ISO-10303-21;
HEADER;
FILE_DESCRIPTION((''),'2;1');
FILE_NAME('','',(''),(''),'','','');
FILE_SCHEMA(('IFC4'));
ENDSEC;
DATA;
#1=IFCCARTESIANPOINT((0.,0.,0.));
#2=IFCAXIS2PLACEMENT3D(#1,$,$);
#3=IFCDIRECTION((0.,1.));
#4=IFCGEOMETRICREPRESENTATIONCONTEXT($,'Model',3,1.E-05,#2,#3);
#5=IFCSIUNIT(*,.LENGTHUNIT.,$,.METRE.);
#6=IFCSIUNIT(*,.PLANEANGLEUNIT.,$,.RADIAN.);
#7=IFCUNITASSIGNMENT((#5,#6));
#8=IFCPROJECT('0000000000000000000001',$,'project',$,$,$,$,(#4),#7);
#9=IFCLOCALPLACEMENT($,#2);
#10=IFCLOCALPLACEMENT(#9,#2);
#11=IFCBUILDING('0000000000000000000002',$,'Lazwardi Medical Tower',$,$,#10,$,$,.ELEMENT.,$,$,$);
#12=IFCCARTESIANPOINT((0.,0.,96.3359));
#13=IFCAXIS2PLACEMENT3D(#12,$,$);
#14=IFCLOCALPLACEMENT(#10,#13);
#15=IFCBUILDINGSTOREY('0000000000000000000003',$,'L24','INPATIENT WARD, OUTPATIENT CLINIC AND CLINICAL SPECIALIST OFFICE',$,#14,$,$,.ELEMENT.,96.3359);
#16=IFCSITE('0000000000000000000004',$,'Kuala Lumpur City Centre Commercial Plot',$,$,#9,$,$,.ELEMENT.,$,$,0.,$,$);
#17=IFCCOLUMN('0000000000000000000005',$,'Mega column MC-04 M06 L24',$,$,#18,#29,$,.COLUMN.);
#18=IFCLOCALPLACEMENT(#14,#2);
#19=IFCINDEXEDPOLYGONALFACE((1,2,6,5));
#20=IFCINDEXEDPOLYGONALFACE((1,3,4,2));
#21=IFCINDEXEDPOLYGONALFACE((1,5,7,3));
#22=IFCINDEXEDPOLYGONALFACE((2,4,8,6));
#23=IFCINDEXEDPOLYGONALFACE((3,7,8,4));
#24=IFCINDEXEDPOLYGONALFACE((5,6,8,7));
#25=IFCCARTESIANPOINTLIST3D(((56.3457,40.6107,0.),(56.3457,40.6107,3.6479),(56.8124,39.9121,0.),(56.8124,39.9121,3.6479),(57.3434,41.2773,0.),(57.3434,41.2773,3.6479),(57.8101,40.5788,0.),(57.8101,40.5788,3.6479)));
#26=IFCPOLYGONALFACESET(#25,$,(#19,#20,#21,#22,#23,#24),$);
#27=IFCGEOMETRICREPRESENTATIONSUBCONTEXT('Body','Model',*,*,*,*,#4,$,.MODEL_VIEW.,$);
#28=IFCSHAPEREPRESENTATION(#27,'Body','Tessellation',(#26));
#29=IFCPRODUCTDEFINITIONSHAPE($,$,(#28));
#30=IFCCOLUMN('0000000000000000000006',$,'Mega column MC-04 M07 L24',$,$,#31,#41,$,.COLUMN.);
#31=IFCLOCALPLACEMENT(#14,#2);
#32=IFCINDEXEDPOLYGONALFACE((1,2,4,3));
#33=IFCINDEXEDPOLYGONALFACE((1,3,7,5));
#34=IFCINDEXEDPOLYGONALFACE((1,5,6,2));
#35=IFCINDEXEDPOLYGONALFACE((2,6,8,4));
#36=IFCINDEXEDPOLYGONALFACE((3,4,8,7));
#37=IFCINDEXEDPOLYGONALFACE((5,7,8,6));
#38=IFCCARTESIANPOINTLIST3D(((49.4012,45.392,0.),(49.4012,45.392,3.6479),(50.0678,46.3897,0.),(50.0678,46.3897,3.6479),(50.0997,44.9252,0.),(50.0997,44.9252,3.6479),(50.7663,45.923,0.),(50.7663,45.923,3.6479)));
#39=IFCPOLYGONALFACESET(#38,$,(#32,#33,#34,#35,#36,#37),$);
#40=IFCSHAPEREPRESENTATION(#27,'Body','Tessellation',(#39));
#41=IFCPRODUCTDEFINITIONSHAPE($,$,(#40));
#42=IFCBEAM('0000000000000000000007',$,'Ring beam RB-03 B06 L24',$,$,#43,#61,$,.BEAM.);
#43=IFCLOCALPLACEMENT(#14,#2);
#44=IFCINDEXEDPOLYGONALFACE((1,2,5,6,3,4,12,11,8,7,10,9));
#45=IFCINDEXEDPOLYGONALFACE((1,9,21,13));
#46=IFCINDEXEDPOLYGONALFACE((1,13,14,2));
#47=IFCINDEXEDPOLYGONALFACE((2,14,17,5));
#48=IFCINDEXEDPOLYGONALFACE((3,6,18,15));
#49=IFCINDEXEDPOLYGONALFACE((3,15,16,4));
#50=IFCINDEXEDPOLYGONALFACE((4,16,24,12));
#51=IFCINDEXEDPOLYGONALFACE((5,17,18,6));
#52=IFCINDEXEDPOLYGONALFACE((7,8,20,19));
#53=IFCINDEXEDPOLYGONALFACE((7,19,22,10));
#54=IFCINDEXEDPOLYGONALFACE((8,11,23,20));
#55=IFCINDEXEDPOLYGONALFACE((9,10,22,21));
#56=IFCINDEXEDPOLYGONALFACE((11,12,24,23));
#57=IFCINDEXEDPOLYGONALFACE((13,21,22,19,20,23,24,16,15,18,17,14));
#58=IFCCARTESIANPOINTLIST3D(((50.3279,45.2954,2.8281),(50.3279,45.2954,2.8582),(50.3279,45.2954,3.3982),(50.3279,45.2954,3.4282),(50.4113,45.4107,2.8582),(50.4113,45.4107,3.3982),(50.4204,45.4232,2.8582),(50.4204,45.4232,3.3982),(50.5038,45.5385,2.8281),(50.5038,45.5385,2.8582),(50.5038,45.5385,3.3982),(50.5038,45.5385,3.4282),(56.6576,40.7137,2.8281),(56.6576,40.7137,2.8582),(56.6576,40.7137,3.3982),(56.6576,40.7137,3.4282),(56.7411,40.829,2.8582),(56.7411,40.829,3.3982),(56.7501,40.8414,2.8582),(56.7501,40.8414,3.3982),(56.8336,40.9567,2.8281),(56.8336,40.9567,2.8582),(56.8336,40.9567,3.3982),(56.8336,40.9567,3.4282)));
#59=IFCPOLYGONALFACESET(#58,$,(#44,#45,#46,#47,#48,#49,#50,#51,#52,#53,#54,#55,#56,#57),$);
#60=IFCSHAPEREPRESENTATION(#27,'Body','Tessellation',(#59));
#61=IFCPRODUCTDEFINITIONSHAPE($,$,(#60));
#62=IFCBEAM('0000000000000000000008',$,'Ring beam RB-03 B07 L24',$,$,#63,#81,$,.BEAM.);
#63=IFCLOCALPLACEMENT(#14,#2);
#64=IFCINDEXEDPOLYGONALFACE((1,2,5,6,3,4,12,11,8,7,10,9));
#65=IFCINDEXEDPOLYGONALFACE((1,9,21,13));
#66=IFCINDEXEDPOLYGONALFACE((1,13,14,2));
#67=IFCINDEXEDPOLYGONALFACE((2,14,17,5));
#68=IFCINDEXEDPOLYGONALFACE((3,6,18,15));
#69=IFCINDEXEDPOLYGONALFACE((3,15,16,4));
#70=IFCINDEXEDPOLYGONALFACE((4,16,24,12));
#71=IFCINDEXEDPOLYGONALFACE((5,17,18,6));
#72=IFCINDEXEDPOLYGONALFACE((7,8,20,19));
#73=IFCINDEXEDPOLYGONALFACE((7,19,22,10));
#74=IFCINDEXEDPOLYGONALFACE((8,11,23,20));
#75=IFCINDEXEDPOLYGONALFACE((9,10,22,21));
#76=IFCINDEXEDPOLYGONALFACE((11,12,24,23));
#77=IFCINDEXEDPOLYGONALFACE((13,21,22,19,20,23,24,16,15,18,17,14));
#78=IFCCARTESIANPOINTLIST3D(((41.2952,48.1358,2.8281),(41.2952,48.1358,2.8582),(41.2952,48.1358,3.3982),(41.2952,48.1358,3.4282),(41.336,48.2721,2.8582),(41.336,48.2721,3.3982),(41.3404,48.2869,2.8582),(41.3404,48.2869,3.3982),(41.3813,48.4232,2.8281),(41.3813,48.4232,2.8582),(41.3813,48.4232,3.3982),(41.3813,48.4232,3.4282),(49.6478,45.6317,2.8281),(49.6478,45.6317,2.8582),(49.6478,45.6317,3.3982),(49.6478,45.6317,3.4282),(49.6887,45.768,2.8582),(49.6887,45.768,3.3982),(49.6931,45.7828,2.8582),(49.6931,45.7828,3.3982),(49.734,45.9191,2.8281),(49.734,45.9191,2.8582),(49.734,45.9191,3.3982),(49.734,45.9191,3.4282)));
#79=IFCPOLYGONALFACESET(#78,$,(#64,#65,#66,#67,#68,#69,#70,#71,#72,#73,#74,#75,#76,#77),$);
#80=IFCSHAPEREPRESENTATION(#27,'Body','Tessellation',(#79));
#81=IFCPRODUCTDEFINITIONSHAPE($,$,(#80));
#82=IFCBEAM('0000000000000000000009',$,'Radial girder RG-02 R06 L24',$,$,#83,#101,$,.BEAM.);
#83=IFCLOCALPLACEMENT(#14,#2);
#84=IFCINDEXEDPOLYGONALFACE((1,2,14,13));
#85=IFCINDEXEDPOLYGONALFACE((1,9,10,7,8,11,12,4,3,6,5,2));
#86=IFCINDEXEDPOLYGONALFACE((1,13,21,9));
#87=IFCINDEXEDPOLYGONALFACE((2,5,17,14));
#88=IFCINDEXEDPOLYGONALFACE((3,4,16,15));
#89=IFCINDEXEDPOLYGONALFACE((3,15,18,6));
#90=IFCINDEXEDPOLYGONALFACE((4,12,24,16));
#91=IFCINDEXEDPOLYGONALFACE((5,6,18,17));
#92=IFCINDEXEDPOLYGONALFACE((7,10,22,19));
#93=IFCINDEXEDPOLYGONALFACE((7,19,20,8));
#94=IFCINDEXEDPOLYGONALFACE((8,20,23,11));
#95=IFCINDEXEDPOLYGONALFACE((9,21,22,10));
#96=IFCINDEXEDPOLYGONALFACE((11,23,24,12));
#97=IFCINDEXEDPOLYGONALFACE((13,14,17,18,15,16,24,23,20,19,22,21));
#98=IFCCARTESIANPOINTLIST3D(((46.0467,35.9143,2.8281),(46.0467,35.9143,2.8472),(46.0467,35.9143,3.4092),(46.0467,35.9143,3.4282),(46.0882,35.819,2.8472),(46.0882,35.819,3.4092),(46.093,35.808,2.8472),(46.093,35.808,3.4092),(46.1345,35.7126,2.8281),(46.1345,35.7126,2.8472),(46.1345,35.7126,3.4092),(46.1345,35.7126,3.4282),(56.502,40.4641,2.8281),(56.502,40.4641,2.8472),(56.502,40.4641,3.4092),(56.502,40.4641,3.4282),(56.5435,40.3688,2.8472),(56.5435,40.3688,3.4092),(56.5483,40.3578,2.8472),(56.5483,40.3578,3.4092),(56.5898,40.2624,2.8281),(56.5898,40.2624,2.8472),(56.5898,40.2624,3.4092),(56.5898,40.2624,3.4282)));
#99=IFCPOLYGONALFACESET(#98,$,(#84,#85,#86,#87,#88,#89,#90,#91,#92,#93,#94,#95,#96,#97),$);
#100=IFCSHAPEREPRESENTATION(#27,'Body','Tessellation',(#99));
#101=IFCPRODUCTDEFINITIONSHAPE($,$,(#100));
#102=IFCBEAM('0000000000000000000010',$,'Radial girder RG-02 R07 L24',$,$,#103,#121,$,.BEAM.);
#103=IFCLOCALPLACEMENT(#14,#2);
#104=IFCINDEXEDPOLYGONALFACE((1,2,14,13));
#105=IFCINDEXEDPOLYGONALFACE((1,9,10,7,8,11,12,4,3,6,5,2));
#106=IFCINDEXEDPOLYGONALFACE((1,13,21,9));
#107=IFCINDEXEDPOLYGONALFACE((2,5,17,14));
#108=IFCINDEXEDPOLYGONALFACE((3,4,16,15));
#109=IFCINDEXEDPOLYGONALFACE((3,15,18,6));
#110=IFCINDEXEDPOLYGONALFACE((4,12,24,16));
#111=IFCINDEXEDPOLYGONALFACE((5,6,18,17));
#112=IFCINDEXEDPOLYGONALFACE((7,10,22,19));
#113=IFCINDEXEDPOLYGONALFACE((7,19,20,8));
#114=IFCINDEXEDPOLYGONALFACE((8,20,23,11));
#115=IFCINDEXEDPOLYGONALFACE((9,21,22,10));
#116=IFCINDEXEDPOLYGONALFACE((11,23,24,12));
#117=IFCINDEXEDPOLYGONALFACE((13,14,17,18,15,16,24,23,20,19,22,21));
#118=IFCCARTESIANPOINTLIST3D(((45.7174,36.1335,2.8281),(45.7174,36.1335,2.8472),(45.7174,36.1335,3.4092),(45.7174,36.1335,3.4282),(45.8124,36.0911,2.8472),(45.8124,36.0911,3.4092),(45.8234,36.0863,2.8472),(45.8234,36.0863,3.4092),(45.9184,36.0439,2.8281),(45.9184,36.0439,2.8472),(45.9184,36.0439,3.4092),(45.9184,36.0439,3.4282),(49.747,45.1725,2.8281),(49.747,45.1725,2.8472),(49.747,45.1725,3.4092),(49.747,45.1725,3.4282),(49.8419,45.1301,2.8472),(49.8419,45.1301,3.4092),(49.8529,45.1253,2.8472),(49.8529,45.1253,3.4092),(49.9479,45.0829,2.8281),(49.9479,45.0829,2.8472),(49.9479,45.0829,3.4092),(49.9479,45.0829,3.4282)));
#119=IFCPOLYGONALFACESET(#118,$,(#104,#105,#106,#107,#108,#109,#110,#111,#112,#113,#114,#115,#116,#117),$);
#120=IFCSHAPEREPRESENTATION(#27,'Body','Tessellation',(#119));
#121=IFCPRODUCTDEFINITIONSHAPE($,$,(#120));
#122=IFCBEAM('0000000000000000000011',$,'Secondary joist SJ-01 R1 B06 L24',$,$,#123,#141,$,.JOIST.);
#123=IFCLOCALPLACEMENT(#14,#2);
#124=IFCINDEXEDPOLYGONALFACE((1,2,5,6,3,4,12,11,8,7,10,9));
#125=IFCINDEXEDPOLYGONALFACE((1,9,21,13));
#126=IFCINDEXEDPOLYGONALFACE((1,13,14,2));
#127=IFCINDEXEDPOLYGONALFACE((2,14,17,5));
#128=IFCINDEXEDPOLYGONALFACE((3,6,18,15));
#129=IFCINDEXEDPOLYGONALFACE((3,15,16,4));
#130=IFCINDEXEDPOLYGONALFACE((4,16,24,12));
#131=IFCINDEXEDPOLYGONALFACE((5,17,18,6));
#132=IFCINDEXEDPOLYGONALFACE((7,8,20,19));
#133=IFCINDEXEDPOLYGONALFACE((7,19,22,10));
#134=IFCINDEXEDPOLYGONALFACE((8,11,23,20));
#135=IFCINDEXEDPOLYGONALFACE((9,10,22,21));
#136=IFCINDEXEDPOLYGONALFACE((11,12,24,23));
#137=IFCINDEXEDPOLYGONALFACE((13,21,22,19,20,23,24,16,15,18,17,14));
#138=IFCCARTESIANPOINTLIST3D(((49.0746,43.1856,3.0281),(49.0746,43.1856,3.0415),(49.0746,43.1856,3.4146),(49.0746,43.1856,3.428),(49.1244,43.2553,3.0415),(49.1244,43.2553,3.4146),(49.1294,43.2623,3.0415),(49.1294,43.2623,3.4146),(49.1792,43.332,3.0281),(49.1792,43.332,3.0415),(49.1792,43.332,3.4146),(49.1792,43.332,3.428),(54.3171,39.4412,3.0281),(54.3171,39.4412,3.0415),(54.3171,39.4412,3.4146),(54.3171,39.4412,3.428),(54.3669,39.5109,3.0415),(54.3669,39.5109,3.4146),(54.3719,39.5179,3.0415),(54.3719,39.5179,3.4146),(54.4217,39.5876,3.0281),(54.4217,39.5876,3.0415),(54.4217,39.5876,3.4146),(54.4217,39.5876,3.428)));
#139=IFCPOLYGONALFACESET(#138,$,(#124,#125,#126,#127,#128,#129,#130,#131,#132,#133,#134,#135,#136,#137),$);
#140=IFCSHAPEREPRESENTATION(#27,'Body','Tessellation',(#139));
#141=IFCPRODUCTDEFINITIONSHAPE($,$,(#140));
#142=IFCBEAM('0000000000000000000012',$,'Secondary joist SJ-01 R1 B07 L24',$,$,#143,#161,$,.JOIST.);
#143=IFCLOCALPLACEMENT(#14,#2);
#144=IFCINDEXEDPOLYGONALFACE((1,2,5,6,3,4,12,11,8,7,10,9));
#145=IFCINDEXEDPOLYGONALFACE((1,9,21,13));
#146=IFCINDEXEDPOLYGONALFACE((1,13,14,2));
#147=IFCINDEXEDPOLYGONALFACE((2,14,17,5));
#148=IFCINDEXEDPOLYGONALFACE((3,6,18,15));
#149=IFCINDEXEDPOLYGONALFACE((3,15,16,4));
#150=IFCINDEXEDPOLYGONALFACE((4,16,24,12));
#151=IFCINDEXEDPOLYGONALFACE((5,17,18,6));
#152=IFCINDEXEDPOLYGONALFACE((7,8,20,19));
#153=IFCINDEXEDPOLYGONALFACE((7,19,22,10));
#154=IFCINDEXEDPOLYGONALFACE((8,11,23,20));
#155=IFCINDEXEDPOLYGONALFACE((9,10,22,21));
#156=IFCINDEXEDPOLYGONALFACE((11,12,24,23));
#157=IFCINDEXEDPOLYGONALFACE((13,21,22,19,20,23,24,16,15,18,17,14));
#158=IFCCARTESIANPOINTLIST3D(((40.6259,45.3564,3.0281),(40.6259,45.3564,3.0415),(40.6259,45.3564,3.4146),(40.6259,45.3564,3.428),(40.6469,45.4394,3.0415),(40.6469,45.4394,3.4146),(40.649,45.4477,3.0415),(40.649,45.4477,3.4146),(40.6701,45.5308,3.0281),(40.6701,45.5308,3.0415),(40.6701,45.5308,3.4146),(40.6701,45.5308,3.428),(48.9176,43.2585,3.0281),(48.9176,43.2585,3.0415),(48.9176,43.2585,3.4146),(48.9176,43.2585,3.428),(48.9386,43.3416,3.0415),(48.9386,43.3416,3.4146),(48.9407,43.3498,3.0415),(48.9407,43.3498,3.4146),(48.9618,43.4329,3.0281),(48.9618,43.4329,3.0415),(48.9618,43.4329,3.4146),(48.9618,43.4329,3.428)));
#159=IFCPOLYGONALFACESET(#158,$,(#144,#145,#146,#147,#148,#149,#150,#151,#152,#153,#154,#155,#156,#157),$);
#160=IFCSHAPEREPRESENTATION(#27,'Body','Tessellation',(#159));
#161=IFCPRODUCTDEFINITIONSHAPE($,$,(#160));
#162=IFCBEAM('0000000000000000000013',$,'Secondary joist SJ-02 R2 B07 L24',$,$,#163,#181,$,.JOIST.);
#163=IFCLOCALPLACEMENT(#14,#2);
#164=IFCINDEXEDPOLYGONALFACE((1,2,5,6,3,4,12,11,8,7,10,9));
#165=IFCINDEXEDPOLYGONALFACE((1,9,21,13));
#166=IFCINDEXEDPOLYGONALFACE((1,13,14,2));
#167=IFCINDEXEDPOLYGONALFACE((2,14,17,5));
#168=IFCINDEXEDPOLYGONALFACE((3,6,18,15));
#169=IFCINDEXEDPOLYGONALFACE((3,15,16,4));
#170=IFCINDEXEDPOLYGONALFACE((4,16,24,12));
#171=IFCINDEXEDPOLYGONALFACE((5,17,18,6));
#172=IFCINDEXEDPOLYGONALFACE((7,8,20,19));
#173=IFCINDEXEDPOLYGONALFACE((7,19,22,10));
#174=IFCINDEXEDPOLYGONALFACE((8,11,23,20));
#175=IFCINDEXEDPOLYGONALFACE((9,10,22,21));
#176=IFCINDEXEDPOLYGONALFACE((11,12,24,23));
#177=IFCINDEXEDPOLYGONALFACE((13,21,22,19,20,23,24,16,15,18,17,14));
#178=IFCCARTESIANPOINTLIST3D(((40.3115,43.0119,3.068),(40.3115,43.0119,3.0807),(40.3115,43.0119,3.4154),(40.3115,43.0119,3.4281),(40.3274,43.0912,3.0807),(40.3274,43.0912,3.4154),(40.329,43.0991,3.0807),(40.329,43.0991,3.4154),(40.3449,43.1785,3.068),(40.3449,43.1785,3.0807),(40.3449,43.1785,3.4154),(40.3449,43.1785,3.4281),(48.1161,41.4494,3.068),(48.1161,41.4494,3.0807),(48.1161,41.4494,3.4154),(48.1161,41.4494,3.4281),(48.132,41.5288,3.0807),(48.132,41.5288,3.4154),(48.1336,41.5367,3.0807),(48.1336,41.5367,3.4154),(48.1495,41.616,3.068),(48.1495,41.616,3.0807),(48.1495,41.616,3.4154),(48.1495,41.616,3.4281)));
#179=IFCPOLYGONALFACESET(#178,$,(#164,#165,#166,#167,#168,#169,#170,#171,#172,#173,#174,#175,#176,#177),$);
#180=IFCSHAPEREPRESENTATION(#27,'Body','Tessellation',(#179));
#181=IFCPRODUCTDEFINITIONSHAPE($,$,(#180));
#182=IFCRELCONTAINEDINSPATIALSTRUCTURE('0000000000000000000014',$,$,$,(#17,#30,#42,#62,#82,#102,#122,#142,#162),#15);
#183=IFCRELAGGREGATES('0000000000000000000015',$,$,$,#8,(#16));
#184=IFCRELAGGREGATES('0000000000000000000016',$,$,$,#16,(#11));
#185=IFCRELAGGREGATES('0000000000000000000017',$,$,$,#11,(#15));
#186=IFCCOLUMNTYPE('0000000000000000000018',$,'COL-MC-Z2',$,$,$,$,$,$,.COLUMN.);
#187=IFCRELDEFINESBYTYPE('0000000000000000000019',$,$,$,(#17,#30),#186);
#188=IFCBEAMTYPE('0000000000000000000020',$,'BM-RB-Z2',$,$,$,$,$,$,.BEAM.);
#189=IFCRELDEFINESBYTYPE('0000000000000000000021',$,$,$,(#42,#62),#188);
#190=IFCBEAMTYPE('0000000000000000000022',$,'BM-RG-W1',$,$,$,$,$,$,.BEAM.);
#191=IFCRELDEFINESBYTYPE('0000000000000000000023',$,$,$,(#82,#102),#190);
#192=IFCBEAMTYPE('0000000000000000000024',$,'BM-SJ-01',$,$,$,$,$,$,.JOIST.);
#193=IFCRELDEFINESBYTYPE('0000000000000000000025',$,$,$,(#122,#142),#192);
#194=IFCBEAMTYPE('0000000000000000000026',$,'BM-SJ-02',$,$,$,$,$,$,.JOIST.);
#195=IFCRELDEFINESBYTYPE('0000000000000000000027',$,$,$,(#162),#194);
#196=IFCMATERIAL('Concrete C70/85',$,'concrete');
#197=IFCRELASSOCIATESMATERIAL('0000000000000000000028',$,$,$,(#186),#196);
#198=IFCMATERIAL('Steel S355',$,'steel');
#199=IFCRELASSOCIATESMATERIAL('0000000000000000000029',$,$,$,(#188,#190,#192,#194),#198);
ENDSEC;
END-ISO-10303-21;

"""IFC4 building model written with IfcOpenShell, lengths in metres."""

from ifc_helpers import new_model, si_unit, direction, frame, origin, origin_2d, place, context, subcontext, project, spatial, rectangle, i_section, extrude, material, material_profile, profile_set, type_object, element, save


model = new_model("IFC4")

# Units and contexts
model_context = context("Model", 3, precision=1e-05, world=origin(), true_north=direction((0.0, 1.0)))
body_context = subcontext(model_context, "Body", "Model", "MODEL_VIEW")
ifc_project = project(units=[si_unit("LENGTHUNIT", "METRE"), si_unit("PLANEANGLEUNIT", "RADIAN")], contexts=[model_context])

# Site, building, storey
site_placement = place(None, origin())
site = spatial("IfcSite", under=ifc_project, at=site_placement, Name="Kuala Lumpur City Centre Commercial Plot", CompositionType="ELEMENT", RefElevation=0.0)
building_placement = place(site_placement, origin())
building = spatial("IfcBuilding", under=site, at=building_placement, Name="Lazwardi Medical Tower", CompositionType="ELEMENT")
storey_placement = place(building_placement, frame((0.0, 0.0, 96.3359)))
storey = spatial("IfcBuildingStorey", under=building, at=storey_placement, Name="L24", Description="INPATIENT WARD, OUTPATIENT CLINIC AND CLINICAL SPECIALIST OFFICE", CompositionType="ELEMENT", Elevation=96.3359)

# Columns
ifc_material_1 = material(Name="Concrete C70/85", Category="concrete")
ifc_material_profile_1 = material_profile(ifc_material_1, rectangle(XDim=1.2, YDim=0.8401, at=origin_2d()), Name="CFT-RECT 1200x840")
ifc_profile_set_1 = profile_set([ifc_material_profile_1], Name="Concrete C70/85")
column_type = type_object("IfcColumnType", Name="COL-MC-Z2", PredefinedType="COLUMN", material=ifc_profile_set_1)
for number, where, z_axis, x_axis, name in (
    (1, (57.0779, 40.5947, 0.0), (0.0, 0.0, 1.0), (0.83147, 0.55557, 0.0), "Mega column MC-04 M06 L24"),
    (2, (50.0837, 45.6575, 0.0), (0.0, 0.0, 1.0), (0.55557, 0.83147, 0.0), "Mega column MC-04 M07 L24"),
):
    element("IfcColumn", number, at=place(storey_placement, frame(where, z_axis=z_axis, x_axis=x_axis)), inside=storey, type_object=column_type, Name=name, PredefinedType="COLUMN", context=body_context, shape_type="SweptSolid", body=[
        extrude(rectangle(XDim=1.2, YDim=0.8401, at=origin_2d()), origin(), (0.0, 0.0, 1.0), 3.6479),
    ])

# Beams
ifc_material_2 = material(Name="Steel S355", Category="steel")
ifc_material_profile_2 = material_profile(ifc_material_2, i_section(OverallWidth=0.3, OverallDepth=0.6001, WebThickness=0.0154, FlangeThickness=0.03, at=origin_2d()), Name="HEB 600")
ifc_profile_set_2 = profile_set([ifc_material_profile_2], Name="Steel S355")
beam_type_1 = type_object("IfcBeamType", Name="BM-RB-Z2", PredefinedType="BEAM", material=ifc_profile_set_2)
beam_1_placement = place(storey_placement, frame((56.7456, 40.8352, 3.1282), z_axis=(-0.810057, 0.586351, 0.0), x_axis=(-0.586351, -0.810057, 0.0)))
element("IfcBeam", 3, at=beam_1_placement, inside=storey, type_object=beam_type_1, Name="Ring beam RB-03 B06 L24", PredefinedType="BEAM", context=body_context, shape_type="SweptSolid", body=[
    extrude(i_section(OverallWidth=0.3, OverallDepth=0.6001, WebThickness=0.0154, FlangeThickness=0.03, at=origin_2d()), origin(), (0.0, 0.0, 1.0), 7.814),
])
beam_2_placement = place(storey_placement, frame((49.6909, 45.7754, 3.1282), z_axis=(-0.957879, 0.287171, 0.0), x_axis=(-0.287171, -0.957879, 0.0)))
element("IfcBeam", 4, at=beam_2_placement, inside=storey, type_object=beam_type_1, Name="Ring beam RB-03 B07 L24", PredefinedType="BEAM", context=body_context, shape_type="SweptSolid", body=[
    extrude(i_section(OverallWidth=0.3, OverallDepth=0.6001, WebThickness=0.0154, FlangeThickness=0.03, at=origin_2d()), origin(), (0.0, 0.0, 1.0), 8.72),
])
ifc_material_profile_3 = material_profile(ifc_material_2, i_section(OverallWidth=0.22, OverallDepth=0.6001, WebThickness=0.012, FlangeThickness=0.019, at=origin_2d()), Name="IPE 600")
ifc_profile_set_3 = profile_set([ifc_material_profile_3], Name="Steel S355")
beam_type_2 = type_object("IfcBeamType", Name="BM-RG-W1", PredefinedType="BEAM", material=ifc_profile_set_3)
beam_3_placement = place(storey_placement, frame((56.5459, 40.3633, 3.1282), z_axis=(-0.916941, -0.399022, 0.0), x_axis=(0.399022, -0.916941, 0.0)))
element("IfcBeam", 5, at=beam_3_placement, inside=storey, type_object=beam_type_2, Name="Radial girder RG-02 R06 L24", PredefinedType="BEAM", context=body_context, shape_type="SweptSolid", body=[
    extrude(i_section(OverallWidth=0.22, OverallDepth=0.6001, WebThickness=0.012, FlangeThickness=0.019, at=origin_2d()), origin(), (0.0, 0.0, 1.0), 11.4023),
])
beam_4_placement = place(storey_placement, frame((49.8474, 45.1277, 3.1282), z_axis=(-0.407166, -0.913354, 0.0), x_axis=(0.913354, -0.407166, 0.0)))
element("IfcBeam", 6, at=beam_4_placement, inside=storey, type_object=beam_type_2, Name="Radial girder RG-02 R07 L24", PredefinedType="BEAM", context=body_context, shape_type="SweptSolid", body=[
    extrude(i_section(OverallWidth=0.22, OverallDepth=0.6001, WebThickness=0.012, FlangeThickness=0.019, at=origin_2d()), origin(), (0.0, 0.0, 1.0), 9.8965),
])
ifc_material_profile_4 = material_profile(ifc_material_2, i_section(OverallWidth=0.1799, OverallDepth=0.3999, WebThickness=0.0085, FlangeThickness=0.0134, at=origin_2d()), Name="IPE 400")
ifc_profile_set_4 = profile_set([ifc_material_profile_4], Name="Steel S355")
beam_type_3 = type_object("IfcBeamType", Name="BM-SJ-01", PredefinedType="JOIST", material=ifc_profile_set_4)
beam_5_placement = place(storey_placement, frame((54.3694, 39.5144, 3.228), z_axis=(-0.813749, 0.581217, 0.0), x_axis=(-0.581217, -0.813749, 0.0)))
element("IfcBeam", 7, at=beam_5_placement, inside=storey, type_object=beam_type_3, Name="Secondary joist SJ-01 R1 B06 L24", PredefinedType="JOIST", context=body_context, shape_type="SweptSolid", body=[
    extrude(i_section(OverallWidth=0.1799, OverallDepth=0.3999, WebThickness=0.0085, FlangeThickness=0.0134, at=origin_2d()), origin(), (0.0, 0.0, 1.0), 6.4424),
])
beam_6_placement = place(storey_placement, frame((48.9397, 43.3457, 3.228), z_axis=(-0.969452, 0.245282, 0.0), x_axis=(-0.245282, -0.969452, 0.0)))
element("IfcBeam", 8, at=beam_6_placement, inside=storey, type_object=beam_type_3, Name="Secondary joist SJ-01 R1 B07 L24", PredefinedType="JOIST", context=body_context, shape_type="SweptSolid", body=[
    extrude(i_section(OverallWidth=0.1799, OverallDepth=0.3999, WebThickness=0.0085, FlangeThickness=0.0134, at=origin_2d()), origin(), (0.0, 0.0, 1.0), 8.553),
])
ifc_material_profile_5 = material_profile(ifc_material_2, i_section(OverallWidth=0.1699, OverallDepth=0.3601, WebThickness=0.0081, FlangeThickness=0.0127, at=origin_2d()), Name="IPE 360")
ifc_profile_set_5 = profile_set([ifc_material_profile_5], Name="Steel S355")
beam_type_4 = type_object("IfcBeamType", Name="BM-SJ-02", PredefinedType="JOIST", material=ifc_profile_set_5)
beam_7_placement = place(storey_placement, frame((48.1328, 41.5327, 3.248), z_axis=(-0.980543, 0.196305, 0.0), x_axis=(-0.196305, -0.980543, 0.0)))
element("IfcBeam", 9, at=beam_7_placement, inside=storey, type_object=beam_type_4, Name="Secondary joist SJ-02 R2 B07 L24", PredefinedType="JOIST", context=body_context, shape_type="SweptSolid", body=[
    extrude(i_section(OverallWidth=0.1699, OverallDepth=0.3601, WebThickness=0.0081, FlangeThickness=0.0127, at=origin_2d()), origin(), (0.0, 0.0, 1.0), 7.9595),
])

save(model, "model.ifc")
